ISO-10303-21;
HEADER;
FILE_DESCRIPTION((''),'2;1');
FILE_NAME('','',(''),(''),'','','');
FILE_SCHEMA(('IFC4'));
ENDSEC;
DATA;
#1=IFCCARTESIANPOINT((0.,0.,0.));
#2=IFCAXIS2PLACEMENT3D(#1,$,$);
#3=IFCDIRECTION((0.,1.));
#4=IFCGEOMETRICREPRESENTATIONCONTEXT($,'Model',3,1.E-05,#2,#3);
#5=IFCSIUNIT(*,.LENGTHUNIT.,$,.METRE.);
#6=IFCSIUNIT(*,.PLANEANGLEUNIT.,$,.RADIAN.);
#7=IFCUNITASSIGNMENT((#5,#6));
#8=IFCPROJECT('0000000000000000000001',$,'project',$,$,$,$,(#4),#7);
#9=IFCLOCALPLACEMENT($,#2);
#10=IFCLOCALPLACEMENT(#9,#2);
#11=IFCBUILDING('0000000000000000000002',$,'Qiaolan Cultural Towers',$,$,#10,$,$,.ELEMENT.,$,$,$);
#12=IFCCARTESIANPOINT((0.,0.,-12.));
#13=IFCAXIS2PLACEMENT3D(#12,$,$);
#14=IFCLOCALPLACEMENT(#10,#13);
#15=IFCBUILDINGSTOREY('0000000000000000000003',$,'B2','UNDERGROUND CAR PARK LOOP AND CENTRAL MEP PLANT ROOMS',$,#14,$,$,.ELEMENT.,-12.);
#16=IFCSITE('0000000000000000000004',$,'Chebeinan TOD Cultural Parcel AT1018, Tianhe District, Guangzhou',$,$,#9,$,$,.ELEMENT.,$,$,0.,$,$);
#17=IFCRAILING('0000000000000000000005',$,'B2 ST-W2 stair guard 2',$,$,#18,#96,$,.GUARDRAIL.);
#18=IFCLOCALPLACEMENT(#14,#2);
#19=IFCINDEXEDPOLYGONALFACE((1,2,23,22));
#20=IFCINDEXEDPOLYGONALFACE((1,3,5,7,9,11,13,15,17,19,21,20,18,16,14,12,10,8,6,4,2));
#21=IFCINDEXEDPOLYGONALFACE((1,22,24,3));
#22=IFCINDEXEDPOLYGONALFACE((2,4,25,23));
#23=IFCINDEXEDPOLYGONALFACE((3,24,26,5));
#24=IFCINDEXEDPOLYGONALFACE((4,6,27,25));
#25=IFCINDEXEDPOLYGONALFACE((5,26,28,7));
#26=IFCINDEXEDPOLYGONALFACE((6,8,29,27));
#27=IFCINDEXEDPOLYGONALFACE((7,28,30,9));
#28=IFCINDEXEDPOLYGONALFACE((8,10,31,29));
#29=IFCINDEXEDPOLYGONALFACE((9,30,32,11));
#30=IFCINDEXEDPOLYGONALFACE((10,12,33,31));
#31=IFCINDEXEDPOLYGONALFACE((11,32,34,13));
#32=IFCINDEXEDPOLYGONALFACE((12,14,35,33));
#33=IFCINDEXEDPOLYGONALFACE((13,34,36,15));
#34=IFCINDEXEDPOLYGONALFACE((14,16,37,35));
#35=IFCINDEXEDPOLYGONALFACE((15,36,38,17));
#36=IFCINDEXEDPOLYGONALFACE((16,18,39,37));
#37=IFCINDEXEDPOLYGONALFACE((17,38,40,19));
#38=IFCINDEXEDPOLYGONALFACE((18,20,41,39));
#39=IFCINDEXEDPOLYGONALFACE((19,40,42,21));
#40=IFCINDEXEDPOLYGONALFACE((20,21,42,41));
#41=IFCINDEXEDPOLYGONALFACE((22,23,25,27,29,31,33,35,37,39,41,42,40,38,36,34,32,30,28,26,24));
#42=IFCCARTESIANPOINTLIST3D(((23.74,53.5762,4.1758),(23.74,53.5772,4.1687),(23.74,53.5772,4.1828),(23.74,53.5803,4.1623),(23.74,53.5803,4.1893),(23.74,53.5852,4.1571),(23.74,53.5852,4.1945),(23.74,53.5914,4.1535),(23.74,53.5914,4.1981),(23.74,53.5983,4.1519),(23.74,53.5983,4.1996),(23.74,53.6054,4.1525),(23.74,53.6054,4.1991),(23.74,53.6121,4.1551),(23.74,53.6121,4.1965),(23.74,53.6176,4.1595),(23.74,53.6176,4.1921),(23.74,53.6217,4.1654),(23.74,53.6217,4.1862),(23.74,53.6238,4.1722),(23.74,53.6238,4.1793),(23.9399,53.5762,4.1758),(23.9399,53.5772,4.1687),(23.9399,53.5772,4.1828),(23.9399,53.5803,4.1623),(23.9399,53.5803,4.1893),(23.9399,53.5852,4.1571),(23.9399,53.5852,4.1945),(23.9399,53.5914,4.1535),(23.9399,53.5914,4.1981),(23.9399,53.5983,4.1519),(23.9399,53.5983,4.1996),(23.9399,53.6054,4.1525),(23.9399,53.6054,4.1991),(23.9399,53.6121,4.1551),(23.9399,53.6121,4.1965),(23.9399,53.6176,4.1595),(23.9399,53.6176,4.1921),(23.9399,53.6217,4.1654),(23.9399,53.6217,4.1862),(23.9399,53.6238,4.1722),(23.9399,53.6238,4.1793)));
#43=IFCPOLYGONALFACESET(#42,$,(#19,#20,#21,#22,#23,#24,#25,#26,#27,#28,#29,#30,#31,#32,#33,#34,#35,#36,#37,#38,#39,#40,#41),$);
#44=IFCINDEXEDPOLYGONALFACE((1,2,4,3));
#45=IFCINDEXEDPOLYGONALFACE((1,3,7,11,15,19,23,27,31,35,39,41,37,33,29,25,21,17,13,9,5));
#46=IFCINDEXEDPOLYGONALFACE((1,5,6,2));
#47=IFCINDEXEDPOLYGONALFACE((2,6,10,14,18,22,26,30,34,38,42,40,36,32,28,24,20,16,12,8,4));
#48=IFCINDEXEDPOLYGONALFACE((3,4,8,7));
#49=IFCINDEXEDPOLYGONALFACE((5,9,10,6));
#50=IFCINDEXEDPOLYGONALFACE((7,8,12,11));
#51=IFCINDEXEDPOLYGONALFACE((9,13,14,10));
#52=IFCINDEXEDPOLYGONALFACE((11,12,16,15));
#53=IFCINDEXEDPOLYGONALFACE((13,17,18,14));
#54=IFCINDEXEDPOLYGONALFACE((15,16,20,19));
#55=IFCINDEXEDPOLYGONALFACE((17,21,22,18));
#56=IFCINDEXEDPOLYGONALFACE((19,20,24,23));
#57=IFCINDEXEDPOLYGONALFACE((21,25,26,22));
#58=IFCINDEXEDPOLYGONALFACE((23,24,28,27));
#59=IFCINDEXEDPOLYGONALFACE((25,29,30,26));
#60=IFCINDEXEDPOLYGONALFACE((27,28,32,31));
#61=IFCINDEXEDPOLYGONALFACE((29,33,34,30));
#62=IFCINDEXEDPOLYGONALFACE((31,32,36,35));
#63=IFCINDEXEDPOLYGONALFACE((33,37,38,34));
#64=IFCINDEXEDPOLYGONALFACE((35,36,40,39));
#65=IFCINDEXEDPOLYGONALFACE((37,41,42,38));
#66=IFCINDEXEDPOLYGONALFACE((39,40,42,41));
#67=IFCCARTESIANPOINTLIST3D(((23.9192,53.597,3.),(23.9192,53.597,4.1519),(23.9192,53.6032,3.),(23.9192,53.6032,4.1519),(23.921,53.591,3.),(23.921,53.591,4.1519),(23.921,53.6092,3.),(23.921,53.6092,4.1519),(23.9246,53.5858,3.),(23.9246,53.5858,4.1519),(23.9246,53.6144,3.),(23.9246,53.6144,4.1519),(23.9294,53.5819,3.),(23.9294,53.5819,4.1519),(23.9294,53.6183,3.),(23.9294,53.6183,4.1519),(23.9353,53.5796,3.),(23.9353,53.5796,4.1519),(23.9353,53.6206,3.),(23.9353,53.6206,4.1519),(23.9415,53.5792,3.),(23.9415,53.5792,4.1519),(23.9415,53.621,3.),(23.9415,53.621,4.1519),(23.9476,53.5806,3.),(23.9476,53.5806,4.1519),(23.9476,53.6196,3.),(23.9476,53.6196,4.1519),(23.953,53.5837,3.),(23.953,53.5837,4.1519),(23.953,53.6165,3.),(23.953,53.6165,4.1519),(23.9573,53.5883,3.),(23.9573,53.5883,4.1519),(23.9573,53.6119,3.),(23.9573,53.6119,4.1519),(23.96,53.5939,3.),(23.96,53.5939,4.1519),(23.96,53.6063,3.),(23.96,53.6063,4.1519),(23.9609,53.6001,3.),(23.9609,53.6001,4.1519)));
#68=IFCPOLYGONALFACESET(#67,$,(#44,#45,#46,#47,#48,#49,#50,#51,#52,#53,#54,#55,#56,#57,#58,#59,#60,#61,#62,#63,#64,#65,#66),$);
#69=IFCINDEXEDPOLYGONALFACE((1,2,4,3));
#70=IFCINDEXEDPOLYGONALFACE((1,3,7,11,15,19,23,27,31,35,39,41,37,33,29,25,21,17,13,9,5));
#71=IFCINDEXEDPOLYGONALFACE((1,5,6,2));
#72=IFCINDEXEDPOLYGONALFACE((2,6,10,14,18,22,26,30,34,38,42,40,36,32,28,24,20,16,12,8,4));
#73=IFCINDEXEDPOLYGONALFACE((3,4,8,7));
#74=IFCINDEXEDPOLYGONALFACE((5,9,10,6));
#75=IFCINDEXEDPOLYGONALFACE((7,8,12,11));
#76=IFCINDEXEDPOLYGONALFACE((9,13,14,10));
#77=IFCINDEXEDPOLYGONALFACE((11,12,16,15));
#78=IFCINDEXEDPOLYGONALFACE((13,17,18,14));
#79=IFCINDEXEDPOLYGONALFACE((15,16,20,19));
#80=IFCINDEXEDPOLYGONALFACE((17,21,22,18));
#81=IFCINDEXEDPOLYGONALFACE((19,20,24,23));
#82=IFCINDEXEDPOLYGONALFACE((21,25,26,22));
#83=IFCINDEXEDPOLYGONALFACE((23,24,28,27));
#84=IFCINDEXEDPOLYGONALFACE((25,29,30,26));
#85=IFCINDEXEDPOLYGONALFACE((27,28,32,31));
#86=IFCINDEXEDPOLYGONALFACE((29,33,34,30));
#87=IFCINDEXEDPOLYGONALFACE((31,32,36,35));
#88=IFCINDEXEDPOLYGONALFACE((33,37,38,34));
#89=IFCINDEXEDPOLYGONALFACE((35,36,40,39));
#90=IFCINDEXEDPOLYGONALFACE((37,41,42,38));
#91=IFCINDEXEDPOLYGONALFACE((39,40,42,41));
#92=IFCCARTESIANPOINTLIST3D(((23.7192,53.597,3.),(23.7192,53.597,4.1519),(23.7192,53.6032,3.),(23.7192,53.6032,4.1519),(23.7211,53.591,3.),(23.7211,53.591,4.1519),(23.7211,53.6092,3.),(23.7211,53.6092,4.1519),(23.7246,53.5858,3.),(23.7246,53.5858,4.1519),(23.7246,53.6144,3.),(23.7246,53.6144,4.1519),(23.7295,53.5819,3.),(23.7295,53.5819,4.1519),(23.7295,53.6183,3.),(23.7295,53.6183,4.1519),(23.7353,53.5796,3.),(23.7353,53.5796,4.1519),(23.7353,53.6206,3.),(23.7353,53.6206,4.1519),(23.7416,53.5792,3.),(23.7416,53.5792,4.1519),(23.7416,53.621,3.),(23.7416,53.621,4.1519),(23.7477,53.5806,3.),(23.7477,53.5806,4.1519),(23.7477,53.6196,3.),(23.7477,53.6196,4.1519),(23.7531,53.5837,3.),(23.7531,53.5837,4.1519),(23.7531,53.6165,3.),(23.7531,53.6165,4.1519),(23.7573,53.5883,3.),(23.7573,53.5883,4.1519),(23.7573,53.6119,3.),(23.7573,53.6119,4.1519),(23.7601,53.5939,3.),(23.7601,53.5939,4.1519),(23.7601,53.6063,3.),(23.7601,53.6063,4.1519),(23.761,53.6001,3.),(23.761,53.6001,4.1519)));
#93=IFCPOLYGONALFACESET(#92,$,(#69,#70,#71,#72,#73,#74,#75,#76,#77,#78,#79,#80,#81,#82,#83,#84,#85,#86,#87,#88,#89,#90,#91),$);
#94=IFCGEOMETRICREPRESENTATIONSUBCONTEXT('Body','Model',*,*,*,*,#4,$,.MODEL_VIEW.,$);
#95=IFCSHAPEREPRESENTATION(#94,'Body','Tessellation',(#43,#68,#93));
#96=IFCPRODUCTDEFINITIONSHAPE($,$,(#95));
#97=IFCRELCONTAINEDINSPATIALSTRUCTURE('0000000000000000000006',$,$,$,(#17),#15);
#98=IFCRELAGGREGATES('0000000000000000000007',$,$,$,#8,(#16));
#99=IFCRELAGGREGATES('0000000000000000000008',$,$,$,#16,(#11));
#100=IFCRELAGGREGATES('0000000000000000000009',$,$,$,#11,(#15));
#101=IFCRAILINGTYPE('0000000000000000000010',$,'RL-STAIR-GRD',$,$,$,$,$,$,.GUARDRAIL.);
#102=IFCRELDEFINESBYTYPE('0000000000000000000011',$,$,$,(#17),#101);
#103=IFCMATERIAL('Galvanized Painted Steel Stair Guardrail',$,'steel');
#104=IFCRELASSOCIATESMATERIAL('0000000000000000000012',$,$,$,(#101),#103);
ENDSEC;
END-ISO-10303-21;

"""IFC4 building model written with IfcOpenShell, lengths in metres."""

from ifc_helpers import new_model, si_unit, direction, frame, origin, origin_2d, place, context, subcontext, project, spatial, circle, extrude, material, type_object, element, save


model = new_model("IFC4")

# Units and contexts
model_context = context("Model", 3, precision=1e-05, world=origin(), true_north=direction((0.0, 1.0)))
body_context = subcontext(model_context, "Body", "Model", "MODEL_VIEW")
ifc_project = project(units=[si_unit("LENGTHUNIT", "METRE"), si_unit("PLANEANGLEUNIT", "RADIAN")], contexts=[model_context])

# Site, building, storey
site_placement = place(None, origin())
site = spatial("IfcSite", under=ifc_project, at=site_placement, Name="Chebeinan TOD Cultural Parcel AT1018, Tianhe District, Guangzhou", CompositionType="ELEMENT", RefElevation=0.0)
building_placement = place(site_placement, origin())
building = spatial("IfcBuilding", under=site, at=building_placement, Name="Qiaolan Cultural Towers", CompositionType="ELEMENT")
storey_placement = place(building_placement, frame((0.0, 0.0, -12.0)))
storey = spatial("IfcBuildingStorey", under=building, at=storey_placement, Name="B2", Description="UNDERGROUND CAR PARK LOOP AND CENTRAL MEP PLANT ROOMS", CompositionType="ELEMENT", Elevation=-12.0)

# Railing
ifc_material_1 = material(Name="Galvanized Painted Steel Stair Guardrail", Category="steel")
railing_type_1 = type_object("IfcRailingType", Name="RL-STAIR-GRD", PredefinedType="GUARDRAIL", material=ifc_material_1)
railing_1_placement = place(storey_placement, frame((23.9399, 53.6001, 3.0)))
element("IfcRailing", 1, at=railing_1_placement, inside=storey, type_object=railing_type_1, Name="B2 ST-W2 stair guard 2", PredefinedType="GUARDRAIL", context=body_context, shape_type="SweptSolid", body=[
    extrude(circle(Radius=0.0239, at=origin_2d()), frame((0.0, 0.0, 1.1758), z_axis=(-1.0, 0.0, 0.0), x_axis=(0.0, -1.0, 0.0)), (0.0, 0.0, 1.0), 0.2),
    extrude(circle(Radius=0.021, at=origin_2d()), origin(), (0.0, 0.0, 1.0), 1.1519),
    extrude(circle(Radius=0.021, at=origin_2d()), frame((-0.2, 0.0, 0.0)), (0.0, 0.0, 1.0), 1.1519),
])

save(model, "model.ifc")
